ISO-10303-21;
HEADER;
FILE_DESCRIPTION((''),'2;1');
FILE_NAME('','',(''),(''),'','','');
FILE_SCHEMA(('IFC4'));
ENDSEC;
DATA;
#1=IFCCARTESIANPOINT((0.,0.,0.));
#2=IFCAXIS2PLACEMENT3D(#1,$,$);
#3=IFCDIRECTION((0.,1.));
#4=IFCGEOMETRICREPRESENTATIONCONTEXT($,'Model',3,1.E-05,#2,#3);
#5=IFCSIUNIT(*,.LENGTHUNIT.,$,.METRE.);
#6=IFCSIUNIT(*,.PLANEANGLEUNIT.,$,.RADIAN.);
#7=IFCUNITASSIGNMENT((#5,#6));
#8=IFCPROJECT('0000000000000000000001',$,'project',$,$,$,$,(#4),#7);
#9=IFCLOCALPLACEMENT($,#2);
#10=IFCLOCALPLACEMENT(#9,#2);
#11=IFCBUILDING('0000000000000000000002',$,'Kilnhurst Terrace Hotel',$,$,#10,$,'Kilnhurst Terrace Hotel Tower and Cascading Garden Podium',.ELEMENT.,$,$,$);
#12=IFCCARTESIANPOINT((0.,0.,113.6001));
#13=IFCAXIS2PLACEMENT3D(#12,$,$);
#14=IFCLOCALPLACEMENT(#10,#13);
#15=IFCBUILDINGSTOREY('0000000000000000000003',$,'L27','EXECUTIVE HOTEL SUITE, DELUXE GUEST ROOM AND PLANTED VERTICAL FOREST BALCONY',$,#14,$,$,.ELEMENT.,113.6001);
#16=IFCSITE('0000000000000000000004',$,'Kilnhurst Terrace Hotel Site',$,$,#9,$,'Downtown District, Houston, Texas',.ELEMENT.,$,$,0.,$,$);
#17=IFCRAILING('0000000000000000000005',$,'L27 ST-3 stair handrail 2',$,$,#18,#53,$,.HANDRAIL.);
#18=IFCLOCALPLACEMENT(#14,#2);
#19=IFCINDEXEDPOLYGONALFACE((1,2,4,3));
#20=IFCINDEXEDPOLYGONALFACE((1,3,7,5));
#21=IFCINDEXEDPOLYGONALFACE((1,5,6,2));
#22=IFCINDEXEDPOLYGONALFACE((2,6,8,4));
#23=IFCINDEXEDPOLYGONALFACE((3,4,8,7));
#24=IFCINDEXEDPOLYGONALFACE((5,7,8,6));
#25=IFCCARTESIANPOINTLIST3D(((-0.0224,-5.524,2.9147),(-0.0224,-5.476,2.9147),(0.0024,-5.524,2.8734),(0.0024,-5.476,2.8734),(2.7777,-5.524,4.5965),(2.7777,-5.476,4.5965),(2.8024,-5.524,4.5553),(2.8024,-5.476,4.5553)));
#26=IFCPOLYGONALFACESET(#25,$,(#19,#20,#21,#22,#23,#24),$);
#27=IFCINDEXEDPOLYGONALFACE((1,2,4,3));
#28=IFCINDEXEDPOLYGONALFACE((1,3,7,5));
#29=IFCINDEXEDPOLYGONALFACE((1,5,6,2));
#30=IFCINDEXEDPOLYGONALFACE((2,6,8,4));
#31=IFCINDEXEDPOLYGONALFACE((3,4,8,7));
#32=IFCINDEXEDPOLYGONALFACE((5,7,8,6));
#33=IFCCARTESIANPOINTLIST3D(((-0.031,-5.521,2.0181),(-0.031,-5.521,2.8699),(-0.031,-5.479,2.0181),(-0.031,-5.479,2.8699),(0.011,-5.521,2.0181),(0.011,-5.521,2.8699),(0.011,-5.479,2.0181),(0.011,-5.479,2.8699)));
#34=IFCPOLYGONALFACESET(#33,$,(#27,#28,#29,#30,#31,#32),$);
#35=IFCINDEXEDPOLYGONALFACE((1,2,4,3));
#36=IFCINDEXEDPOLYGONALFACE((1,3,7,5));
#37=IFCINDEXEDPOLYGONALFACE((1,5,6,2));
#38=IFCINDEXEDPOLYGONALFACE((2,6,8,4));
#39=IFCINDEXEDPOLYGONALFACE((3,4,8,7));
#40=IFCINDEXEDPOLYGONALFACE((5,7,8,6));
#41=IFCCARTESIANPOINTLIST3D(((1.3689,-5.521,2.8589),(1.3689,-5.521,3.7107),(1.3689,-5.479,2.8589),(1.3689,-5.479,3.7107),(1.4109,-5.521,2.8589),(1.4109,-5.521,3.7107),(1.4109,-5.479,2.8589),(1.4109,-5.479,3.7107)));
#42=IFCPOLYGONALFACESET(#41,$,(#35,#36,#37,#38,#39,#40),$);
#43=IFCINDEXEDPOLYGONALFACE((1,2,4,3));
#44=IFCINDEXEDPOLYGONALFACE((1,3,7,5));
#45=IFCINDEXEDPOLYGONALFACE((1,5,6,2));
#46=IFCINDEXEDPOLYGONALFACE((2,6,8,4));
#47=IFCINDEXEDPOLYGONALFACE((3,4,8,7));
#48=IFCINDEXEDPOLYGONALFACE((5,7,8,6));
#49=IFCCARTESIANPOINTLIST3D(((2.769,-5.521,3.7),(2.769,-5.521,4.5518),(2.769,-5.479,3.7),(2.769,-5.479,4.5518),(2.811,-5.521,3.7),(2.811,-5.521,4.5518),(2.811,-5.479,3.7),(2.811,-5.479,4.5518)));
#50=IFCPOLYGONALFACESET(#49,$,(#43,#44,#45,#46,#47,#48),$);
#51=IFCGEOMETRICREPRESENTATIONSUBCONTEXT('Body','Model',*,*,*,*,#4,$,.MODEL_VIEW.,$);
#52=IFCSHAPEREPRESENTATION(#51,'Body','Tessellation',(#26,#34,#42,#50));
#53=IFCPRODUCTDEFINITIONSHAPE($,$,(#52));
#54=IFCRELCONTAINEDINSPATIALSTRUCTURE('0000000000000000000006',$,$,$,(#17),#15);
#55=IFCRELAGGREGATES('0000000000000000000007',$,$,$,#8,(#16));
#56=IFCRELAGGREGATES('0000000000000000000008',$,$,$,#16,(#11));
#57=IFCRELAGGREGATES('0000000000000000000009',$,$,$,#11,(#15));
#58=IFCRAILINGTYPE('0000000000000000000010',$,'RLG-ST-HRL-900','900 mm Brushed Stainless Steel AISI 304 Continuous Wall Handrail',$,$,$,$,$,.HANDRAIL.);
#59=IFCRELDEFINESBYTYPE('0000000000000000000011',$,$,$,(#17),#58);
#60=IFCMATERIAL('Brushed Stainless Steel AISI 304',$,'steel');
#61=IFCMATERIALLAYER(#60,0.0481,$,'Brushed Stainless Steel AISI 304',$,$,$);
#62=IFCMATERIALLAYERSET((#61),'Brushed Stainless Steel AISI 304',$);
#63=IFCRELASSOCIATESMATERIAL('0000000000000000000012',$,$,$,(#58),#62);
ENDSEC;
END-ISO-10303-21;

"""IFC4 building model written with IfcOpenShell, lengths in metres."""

from ifc_helpers import new_model, si_unit, direction, frame, origin, origin_2d, place, context, subcontext, project, spatial, rectangle, extrude, material, layer, layer_set, type_object, element, save


model = new_model("IFC4")

# Units and contexts
model_context = context("Model", 3, precision=1e-05, world=origin(), true_north=direction((0.0, 1.0)))
body_context = subcontext(model_context, "Body", "Model", "MODEL_VIEW")
ifc_project = project(units=[si_unit("LENGTHUNIT", "METRE"), si_unit("PLANEANGLEUNIT", "RADIAN")], contexts=[model_context])

# Site, building, storey
site_placement = place(None, origin())
site = spatial("IfcSite", under=ifc_project, at=site_placement, Name="Kilnhurst Terrace Hotel Site", LongName="Downtown District, Houston, Texas", CompositionType="ELEMENT", RefElevation=0.0)
building_placement = place(site_placement, origin())
building = spatial("IfcBuilding", under=site, at=building_placement, Name="Kilnhurst Terrace Hotel", LongName="Kilnhurst Terrace Hotel Tower and Cascading Garden Podium", CompositionType="ELEMENT")
storey_placement = place(building_placement, frame((0.0, 0.0, 113.6001)))
storey = spatial("IfcBuildingStorey", under=building, at=storey_placement, Name="L27", Description="EXECUTIVE HOTEL SUITE, DELUXE GUEST ROOM AND PLANTED VERTICAL FOREST BALCONY", CompositionType="ELEMENT", Elevation=113.6001)

# Railing
ifc_material_1 = material(Name="Brushed Stainless Steel AISI 304", Category="steel")
ifc_layer_1 = layer(ifc_material_1, 0.0481, Name="Brushed Stainless Steel AISI 304")
ifc_layer_set_1 = layer_set([ifc_layer_1], Name="Brushed Stainless Steel AISI 304")
railing_type_1 = type_object("IfcRailingType", Name="RLG-ST-HRL-900", Description="900 mm Brushed Stainless Steel AISI 304 Continuous Wall Handrail", PredefinedType="HANDRAIL", material=ifc_layer_set_1)
railing_1_placement = place(storey_placement, frame((-0.01, -5.5, 2.0181)))
element("IfcRailing", 1, at=railing_1_placement, inside=storey, type_object=railing_type_1, Name="L27 ST-3 stair handrail 2", PredefinedType="HANDRAIL", context=body_context, shape_type="SweptSolid", body=[
    extrude(rectangle(XDim=0.0481, YDim=0.0481, at=origin_2d()), frame((0.0, 0.0, 0.876), z_axis=(0.857242, 0.0, 0.514913), x_axis=(0.0, 1.0, 0.0)), (0.0, 0.0, 1.0), 3.2664),
    extrude(rectangle(XDim=0.042, YDim=0.042, at=origin_2d()), origin(), (0.0, 0.0, 1.0), 0.8518),
    extrude(rectangle(XDim=0.042, YDim=0.042, at=origin_2d()), frame((1.3999, 0.0, 0.8408)), (0.0, 0.0, 1.0), 0.8518),
    extrude(rectangle(XDim=0.042, YDim=0.042, at=origin_2d()), frame((2.8, 0.0, 1.6819)), (0.0, 0.0, 1.0), 0.8518),
])

save(model, "model.ifc")
